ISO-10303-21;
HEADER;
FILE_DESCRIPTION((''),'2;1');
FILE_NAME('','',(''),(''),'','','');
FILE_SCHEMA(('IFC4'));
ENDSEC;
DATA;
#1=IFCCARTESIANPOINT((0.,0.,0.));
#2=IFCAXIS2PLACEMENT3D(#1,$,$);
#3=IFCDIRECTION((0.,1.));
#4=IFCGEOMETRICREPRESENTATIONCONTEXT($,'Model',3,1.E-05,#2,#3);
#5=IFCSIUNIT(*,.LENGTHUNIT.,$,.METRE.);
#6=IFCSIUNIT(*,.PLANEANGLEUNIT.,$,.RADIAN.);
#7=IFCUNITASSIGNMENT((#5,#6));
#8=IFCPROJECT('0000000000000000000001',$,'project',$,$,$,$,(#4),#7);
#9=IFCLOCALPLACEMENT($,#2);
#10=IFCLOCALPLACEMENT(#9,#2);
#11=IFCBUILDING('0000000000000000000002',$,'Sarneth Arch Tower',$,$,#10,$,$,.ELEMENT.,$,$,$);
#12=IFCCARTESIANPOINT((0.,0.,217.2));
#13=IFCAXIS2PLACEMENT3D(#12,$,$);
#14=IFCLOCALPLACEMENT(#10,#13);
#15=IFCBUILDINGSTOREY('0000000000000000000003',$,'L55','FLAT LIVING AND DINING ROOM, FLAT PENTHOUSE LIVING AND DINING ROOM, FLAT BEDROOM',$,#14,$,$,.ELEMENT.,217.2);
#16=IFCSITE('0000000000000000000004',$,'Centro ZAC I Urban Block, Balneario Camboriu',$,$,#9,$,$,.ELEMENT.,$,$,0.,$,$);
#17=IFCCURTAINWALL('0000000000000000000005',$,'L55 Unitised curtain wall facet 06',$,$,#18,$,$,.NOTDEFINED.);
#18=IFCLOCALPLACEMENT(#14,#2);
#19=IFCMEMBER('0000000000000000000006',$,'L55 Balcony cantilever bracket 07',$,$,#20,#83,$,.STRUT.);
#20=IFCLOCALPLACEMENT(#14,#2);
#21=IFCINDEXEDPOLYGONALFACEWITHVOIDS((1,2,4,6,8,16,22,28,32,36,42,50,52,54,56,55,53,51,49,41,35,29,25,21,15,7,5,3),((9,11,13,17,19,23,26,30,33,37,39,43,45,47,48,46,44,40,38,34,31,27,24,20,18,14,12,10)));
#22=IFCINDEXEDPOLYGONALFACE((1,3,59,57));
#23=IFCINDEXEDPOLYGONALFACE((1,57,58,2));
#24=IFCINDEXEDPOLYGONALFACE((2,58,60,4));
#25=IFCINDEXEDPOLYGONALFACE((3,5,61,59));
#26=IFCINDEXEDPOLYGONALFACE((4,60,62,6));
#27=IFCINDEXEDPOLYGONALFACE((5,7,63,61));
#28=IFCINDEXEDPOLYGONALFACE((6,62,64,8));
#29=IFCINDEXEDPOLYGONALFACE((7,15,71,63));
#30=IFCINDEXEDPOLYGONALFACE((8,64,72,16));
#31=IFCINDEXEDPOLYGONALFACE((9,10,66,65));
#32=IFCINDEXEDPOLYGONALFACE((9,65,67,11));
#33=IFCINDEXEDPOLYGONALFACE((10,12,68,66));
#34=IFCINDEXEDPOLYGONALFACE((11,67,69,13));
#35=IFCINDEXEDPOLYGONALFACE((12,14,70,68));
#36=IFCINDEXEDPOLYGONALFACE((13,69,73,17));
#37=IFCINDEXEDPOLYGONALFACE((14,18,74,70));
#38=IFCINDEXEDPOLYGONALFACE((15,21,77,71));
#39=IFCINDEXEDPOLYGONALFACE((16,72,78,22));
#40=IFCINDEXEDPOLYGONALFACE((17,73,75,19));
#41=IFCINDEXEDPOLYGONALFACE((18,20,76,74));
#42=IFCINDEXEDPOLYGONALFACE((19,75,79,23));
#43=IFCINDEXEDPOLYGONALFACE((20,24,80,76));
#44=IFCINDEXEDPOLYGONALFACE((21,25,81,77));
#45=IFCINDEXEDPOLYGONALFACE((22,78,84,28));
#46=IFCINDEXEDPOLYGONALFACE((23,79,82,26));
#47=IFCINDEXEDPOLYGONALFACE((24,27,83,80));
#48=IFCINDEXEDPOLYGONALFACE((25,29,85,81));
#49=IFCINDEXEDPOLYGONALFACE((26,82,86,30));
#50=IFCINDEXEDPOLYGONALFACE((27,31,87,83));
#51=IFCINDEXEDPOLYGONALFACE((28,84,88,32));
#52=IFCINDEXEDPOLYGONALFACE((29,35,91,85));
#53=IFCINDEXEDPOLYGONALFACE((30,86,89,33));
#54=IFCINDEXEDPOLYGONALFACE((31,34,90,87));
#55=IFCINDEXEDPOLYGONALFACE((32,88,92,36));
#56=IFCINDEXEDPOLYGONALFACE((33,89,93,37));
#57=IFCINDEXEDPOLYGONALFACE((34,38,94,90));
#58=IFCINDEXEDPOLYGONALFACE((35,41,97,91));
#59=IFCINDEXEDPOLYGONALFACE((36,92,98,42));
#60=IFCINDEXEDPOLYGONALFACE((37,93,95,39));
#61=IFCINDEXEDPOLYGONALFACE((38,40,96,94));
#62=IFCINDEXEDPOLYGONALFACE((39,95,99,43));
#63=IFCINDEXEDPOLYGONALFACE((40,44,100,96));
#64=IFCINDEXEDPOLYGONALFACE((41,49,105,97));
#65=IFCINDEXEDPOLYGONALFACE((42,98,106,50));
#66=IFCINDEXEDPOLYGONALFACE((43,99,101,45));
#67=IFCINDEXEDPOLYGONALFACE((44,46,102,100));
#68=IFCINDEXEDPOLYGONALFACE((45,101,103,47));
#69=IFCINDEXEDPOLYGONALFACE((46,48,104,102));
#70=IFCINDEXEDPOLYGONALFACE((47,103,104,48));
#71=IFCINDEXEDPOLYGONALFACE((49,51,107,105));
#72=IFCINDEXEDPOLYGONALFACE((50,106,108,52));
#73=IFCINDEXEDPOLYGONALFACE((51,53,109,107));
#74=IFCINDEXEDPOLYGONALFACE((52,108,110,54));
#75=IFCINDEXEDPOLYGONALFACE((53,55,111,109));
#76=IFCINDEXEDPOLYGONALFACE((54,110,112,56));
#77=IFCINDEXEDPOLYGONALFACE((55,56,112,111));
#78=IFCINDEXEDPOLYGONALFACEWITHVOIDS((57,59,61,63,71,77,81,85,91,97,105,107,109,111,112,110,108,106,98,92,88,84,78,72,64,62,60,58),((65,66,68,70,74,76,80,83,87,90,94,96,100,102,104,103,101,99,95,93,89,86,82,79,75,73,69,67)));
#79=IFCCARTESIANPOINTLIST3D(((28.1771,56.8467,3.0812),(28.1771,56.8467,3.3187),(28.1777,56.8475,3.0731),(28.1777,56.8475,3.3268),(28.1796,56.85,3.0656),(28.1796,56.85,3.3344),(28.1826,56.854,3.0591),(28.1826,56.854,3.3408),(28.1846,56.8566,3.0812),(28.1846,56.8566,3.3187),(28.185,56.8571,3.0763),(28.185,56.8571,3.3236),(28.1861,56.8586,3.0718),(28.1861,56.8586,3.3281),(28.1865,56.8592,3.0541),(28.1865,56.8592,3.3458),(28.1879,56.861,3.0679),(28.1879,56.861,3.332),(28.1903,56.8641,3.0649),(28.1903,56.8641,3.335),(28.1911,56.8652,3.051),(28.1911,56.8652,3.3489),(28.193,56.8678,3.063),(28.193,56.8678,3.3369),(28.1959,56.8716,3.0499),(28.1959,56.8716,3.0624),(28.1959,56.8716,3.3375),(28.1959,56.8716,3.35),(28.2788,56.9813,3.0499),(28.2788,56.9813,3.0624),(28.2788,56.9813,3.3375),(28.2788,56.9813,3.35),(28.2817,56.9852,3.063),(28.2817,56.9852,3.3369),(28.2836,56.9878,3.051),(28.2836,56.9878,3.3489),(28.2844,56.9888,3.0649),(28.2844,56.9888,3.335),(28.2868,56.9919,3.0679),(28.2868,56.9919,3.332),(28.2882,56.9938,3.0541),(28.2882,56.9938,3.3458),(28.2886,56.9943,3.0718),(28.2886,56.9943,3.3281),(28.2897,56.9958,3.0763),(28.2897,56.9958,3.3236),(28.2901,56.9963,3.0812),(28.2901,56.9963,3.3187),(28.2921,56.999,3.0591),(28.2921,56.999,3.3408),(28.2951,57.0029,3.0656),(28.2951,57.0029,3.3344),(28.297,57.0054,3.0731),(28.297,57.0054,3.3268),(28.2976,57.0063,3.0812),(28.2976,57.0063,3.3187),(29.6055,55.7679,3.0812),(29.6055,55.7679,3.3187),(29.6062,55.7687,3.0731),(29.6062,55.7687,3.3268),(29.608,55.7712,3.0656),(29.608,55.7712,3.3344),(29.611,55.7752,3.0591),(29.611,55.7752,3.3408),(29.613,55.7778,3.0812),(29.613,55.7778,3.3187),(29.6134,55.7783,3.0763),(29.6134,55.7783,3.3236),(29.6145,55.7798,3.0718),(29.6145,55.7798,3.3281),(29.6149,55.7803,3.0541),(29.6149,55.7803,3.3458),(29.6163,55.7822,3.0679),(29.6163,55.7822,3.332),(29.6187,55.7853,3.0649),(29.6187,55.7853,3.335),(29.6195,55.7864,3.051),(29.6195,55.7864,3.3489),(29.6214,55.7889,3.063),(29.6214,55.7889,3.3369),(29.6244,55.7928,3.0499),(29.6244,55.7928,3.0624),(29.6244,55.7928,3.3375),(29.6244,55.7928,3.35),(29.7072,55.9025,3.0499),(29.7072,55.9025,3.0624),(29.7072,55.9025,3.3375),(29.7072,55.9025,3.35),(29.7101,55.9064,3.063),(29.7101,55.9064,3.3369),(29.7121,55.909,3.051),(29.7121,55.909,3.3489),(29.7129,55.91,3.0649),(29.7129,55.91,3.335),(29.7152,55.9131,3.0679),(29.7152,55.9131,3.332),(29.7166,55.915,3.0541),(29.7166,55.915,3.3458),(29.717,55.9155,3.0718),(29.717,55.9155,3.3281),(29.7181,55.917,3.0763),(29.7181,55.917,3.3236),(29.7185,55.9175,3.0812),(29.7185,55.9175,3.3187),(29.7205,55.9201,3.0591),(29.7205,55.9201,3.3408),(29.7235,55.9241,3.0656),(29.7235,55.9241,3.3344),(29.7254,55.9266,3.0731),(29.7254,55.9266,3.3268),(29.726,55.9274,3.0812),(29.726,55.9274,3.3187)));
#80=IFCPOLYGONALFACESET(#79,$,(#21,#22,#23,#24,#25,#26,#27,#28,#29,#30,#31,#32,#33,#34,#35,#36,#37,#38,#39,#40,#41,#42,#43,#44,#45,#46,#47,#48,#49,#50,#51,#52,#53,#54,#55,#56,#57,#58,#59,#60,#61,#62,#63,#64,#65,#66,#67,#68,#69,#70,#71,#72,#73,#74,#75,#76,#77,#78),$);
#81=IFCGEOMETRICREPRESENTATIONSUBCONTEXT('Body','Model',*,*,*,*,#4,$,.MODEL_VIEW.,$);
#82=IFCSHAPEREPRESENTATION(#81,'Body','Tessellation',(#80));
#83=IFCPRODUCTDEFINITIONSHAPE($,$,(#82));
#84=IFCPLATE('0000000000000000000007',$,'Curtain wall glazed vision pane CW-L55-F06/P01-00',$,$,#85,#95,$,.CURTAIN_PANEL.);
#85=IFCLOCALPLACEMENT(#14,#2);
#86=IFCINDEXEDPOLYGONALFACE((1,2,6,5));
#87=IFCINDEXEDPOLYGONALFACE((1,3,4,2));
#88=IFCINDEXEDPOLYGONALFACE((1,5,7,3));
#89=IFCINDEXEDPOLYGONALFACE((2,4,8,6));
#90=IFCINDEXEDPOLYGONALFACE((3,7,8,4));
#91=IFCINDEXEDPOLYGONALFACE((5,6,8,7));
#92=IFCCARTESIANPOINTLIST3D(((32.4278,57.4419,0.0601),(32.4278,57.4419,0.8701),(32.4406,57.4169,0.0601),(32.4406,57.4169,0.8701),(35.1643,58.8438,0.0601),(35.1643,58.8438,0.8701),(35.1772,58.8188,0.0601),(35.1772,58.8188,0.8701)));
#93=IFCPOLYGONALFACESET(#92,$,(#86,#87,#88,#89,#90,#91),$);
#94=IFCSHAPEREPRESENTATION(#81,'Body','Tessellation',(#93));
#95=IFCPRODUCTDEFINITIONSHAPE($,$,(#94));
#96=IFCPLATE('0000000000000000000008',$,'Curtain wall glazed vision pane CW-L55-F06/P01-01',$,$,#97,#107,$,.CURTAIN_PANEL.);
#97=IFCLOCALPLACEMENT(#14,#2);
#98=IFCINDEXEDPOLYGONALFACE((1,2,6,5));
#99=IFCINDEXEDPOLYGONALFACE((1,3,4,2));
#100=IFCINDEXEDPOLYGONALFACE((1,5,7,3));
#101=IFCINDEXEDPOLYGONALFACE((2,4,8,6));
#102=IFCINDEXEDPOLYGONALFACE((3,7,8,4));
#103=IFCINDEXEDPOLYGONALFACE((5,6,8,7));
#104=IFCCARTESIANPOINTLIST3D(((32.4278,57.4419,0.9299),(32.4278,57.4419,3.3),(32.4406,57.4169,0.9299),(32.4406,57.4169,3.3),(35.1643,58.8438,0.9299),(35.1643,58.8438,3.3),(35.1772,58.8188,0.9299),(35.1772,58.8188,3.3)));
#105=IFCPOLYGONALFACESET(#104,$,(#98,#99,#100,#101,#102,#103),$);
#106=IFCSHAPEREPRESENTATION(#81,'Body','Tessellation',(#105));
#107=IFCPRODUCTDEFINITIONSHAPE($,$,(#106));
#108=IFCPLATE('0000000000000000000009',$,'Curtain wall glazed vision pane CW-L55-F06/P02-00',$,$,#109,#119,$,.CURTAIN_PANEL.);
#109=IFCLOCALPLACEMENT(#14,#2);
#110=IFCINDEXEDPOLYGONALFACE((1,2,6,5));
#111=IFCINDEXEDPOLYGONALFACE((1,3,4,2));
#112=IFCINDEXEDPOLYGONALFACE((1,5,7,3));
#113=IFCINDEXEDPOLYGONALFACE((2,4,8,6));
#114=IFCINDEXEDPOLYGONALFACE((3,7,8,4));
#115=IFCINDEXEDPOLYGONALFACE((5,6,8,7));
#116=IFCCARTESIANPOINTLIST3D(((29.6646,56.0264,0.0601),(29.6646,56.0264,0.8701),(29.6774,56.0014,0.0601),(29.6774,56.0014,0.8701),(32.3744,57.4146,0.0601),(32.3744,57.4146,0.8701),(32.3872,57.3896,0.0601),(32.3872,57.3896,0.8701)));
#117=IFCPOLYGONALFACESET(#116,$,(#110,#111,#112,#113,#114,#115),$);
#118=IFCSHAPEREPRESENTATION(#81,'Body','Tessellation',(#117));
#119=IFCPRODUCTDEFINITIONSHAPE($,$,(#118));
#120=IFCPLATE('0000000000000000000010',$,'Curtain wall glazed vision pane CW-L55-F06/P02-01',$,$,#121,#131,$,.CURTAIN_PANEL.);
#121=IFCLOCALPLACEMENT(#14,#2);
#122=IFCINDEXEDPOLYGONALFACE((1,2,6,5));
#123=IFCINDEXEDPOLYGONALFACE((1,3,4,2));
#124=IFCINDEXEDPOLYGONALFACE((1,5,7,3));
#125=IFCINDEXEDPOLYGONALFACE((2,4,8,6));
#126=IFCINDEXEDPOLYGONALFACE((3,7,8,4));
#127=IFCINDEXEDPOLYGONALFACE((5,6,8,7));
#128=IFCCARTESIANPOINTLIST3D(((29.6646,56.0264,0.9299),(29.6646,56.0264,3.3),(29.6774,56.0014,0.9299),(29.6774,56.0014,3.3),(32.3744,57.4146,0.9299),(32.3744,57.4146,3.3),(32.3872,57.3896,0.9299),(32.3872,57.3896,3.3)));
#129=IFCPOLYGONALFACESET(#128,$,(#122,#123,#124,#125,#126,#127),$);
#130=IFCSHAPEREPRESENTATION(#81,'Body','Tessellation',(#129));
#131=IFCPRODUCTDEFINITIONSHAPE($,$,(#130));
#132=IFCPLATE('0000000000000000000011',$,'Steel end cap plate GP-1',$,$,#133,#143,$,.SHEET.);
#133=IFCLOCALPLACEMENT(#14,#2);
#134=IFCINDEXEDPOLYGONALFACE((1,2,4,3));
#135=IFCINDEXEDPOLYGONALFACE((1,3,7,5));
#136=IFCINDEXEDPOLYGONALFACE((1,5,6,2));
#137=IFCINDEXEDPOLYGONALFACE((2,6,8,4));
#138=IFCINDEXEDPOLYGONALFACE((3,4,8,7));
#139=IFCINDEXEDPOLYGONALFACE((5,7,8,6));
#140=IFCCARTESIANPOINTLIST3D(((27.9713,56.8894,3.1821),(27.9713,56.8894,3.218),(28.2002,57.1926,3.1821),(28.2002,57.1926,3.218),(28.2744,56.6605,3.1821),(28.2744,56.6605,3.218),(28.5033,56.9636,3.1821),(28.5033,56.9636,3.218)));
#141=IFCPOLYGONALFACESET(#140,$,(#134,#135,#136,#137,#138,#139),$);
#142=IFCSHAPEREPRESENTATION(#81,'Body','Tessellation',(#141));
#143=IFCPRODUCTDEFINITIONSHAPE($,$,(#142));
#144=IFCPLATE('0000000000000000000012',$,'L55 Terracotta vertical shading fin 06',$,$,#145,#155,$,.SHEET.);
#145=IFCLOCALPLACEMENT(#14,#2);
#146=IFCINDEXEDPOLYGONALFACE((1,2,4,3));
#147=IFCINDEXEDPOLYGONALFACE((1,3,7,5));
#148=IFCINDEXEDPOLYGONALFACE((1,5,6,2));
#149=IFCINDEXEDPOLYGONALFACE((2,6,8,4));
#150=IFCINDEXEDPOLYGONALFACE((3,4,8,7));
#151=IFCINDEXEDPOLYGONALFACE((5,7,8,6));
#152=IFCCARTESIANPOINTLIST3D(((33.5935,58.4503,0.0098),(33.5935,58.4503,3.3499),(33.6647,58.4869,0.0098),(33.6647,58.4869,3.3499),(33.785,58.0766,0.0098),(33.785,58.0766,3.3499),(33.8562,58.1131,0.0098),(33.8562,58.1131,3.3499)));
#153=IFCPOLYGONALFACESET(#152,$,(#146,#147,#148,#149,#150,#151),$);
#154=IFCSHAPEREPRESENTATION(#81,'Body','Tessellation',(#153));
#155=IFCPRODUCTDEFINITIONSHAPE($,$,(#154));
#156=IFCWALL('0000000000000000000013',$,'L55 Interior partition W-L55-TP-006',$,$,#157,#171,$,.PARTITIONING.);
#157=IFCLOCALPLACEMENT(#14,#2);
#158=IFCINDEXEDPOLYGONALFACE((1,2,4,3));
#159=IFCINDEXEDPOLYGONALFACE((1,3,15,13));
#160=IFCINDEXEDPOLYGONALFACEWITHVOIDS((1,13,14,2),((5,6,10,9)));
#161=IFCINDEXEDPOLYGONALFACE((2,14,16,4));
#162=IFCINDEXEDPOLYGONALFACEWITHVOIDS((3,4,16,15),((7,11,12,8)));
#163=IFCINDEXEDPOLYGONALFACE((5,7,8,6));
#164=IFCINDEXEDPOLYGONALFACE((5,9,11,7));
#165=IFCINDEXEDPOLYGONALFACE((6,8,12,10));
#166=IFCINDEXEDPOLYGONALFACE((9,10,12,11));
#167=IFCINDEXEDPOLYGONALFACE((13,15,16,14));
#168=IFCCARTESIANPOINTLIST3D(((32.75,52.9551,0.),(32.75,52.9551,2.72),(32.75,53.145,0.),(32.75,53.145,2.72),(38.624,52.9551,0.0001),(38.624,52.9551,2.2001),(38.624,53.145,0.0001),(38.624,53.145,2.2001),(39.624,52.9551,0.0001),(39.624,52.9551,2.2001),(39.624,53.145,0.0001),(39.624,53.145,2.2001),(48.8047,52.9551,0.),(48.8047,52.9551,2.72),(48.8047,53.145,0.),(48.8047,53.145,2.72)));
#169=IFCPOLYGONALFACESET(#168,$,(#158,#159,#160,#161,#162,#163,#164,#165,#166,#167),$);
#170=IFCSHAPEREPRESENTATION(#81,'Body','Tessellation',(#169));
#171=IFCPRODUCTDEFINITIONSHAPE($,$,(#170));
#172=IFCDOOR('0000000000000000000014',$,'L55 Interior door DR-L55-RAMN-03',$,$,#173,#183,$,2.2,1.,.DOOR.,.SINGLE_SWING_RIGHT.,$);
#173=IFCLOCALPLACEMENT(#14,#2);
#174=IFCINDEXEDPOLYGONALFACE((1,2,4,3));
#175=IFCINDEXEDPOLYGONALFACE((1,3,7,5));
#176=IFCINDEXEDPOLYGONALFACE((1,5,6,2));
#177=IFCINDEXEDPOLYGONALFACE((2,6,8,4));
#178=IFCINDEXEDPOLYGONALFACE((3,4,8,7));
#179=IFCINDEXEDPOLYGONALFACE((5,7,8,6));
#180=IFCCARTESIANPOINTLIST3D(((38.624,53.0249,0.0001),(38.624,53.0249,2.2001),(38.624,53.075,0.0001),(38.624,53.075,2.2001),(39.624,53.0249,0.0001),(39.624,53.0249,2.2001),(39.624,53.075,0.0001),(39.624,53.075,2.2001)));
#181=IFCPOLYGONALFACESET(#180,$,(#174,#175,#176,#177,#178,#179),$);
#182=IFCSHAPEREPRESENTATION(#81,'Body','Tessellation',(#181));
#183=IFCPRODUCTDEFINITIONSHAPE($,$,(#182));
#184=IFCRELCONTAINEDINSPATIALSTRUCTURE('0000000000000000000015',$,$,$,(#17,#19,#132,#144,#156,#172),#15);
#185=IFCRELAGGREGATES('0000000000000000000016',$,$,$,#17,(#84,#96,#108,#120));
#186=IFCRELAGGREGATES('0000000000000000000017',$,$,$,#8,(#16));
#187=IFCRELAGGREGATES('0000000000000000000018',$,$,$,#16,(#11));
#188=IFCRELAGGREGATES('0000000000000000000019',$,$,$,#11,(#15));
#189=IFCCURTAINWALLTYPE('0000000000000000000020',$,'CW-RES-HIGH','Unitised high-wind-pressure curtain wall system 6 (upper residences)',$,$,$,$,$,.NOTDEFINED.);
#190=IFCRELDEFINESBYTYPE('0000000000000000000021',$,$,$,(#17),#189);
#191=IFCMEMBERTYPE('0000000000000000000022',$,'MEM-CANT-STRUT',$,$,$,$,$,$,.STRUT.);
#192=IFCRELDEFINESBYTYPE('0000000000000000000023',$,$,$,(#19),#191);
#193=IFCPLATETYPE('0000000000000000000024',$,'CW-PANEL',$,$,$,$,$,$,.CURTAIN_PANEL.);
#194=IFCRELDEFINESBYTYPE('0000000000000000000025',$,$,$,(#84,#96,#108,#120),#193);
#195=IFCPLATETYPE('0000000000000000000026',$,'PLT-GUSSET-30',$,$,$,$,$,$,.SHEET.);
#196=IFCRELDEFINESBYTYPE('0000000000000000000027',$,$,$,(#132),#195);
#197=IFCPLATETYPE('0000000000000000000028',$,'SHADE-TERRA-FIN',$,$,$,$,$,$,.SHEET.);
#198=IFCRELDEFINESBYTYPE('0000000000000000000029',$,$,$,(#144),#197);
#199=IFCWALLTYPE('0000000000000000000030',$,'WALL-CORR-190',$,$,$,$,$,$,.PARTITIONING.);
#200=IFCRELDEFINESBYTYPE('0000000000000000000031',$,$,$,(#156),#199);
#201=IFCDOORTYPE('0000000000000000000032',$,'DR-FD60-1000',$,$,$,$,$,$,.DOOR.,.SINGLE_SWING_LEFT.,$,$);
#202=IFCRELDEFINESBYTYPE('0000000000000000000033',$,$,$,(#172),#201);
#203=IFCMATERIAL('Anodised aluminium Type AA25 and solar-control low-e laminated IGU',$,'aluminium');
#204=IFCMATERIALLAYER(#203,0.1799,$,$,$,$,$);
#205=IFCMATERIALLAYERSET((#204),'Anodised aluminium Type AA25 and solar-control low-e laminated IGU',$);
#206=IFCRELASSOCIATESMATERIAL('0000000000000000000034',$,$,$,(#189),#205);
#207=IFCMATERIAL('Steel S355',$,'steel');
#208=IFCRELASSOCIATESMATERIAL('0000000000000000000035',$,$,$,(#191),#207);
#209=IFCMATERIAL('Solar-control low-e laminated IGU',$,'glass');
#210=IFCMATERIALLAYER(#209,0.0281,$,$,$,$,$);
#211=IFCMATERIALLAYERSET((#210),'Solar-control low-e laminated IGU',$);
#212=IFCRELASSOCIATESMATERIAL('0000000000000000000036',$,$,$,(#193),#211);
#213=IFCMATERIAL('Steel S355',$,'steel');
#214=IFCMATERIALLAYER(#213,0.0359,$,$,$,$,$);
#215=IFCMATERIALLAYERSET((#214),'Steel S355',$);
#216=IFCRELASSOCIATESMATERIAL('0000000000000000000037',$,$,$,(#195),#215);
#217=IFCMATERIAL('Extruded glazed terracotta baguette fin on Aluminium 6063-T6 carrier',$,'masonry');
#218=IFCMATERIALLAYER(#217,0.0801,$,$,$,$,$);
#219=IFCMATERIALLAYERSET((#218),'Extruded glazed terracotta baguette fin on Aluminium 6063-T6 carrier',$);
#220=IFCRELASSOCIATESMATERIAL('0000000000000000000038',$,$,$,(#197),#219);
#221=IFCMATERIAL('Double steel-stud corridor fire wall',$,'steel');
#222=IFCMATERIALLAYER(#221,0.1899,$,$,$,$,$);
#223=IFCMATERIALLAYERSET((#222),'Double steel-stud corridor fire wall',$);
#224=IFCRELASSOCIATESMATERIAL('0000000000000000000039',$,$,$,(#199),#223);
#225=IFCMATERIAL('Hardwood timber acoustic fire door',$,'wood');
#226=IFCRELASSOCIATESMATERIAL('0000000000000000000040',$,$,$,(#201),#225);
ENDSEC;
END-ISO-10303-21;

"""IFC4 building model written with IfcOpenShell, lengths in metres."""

from ifc_helpers import new_model, si_unit, direction, frame, frame_2d, origin, origin_2d, place, context, subcontext, project, spatial, rectangle, hollow_rectangle, extrude, material, layer, layer_set, material_profile, profile_set, type_object, element, fill, aggregate, save


model = new_model("IFC4")

# Units and contexts
model_context = context("Model", 3, precision=1e-05, world=origin(), true_north=direction((0.0, 1.0)))
body_context = subcontext(model_context, "Body", "Model", "MODEL_VIEW")
ifc_project = project(units=[si_unit("LENGTHUNIT", "METRE"), si_unit("PLANEANGLEUNIT", "RADIAN")], contexts=[model_context])

# Site, building, storey
site_placement = place(None, origin())
site = spatial("IfcSite", under=ifc_project, at=site_placement, Name="Centro ZAC I Urban Block, Balneario Camboriu", CompositionType="ELEMENT", RefElevation=0.0)
building_placement = place(site_placement, origin())
building = spatial("IfcBuilding", under=site, at=building_placement, Name="Sarneth Arch Tower", CompositionType="ELEMENT")
storey_placement = place(building_placement, frame((0.0, 0.0, 217.2)))
storey = spatial("IfcBuildingStorey", under=building, at=storey_placement, Name="L55", Description="FLAT LIVING AND DINING ROOM, FLAT PENTHOUSE LIVING AND DINING ROOM, FLAT BEDROOM", CompositionType="ELEMENT", Elevation=217.2)

# Curtain wall
ifc_material_1 = material(Name="Anodised aluminium Type AA25 and solar-control low-e laminated IGU", Category="aluminium")
ifc_layer_1 = layer(ifc_material_1, 0.1799)
ifc_layer_set_1 = layer_set([ifc_layer_1], Name="Anodised aluminium Type AA25 and solar-control low-e laminated IGU")
curtain_wall_type = type_object("IfcCurtainWallType", Name="CW-RES-HIGH", Description="Unitised high-wind-pressure curtain wall system 6 (upper residences)", PredefinedType="NOTDEFINED", material=ifc_layer_set_1)
curtain_wall_placement = place(storey_placement, origin())
curtain_wall = element("IfcCurtainWall", 1, at=curtain_wall_placement, inside=storey, type_object=curtain_wall_type, Name="L55 Unitised curtain wall facet 06", PredefinedType="NOTDEFINED")

# Member
ifc_material_2 = material(Name="Steel S355", Category="steel")
ifc_material_profile_1 = material_profile(ifc_material_2, hollow_rectangle(XDim=0.2, YDim=0.3, WallThickness=0.0125, InnerFilletRadius=0.0188, OuterFilletRadius=0.0312, at=origin_2d()), Name="RHS300x200x12.5")
ifc_profile_set_1 = profile_set([ifc_material_profile_1], Name="Steel S355")
member_type_1 = type_object("IfcMemberType", Name="MEM-CANT-STRUT", PredefinedType="STRUT", material=ifc_profile_set_1)
member_1_placement = place(storey_placement, frame((29.6658, 55.8477, 3.2), z_axis=(-0.797982, 0.602681, 0.0), x_axis=(-0.602681, -0.797982, 0.0)))
element("IfcMember", 2, at=member_1_placement, inside=storey, type_object=member_type_1, Name="L55 Balcony cantilever bracket 07", PredefinedType="STRUT", context=body_context, shape_type="SweptSolid", body=[
    extrude(hollow_rectangle(XDim=0.2, YDim=0.3, WallThickness=0.0125, InnerFilletRadius=0.0188, OuterFilletRadius=0.0312, at=origin_2d()), origin(), (0.0, 0.0, 1.0), 1.79),
])

# Plates
ifc_material_3 = material(Name="Solar-control low-e laminated IGU", Category="glass")
ifc_layer_2 = layer(ifc_material_3, 0.0281)
ifc_layer_set_2 = layer_set([ifc_layer_2], Name="Solar-control low-e laminated IGU")
plate_type_1 = type_object("IfcPlateType", Name="CW-PANEL", PredefinedType="CURTAIN_PANEL", material=ifc_layer_set_2)
plate_1_placement = place(storey_placement, frame((33.8025, 58.1304, 0.0601), z_axis=(0.0, 0.0, 1.0), x_axis=(-0.89001, -0.455942, 0.0)))
plate_1 = element("IfcPlate", 3, at=plate_1_placement, type_object=plate_type_1, Name="Curtain wall glazed vision pane CW-L55-F06/P01-00", PredefinedType="CURTAIN_PANEL", context=body_context, shape_type="SweptSolid", body=[
    extrude(rectangle(XDim=3.0747, YDim=0.0281, at=origin_2d()), origin(), (0.0, 0.0, 1.0), 0.8101),
])
plate_2_placement = place(storey_placement, frame((33.8025, 58.1304, 0.9299), z_axis=(0.0, 0.0, 1.0), x_axis=(-0.89001, -0.455942, 0.0)))
plate_2 = element("IfcPlate", 4, at=plate_2_placement, type_object=plate_type_1, Name="Curtain wall glazed vision pane CW-L55-F06/P01-01", PredefinedType="CURTAIN_PANEL", context=body_context, shape_type="SweptSolid", body=[
    extrude(rectangle(XDim=3.0747, YDim=0.0281, at=origin_2d()), origin(), (0.0, 0.0, 1.0), 2.3701),
])
plate_3_placement = place(storey_placement, frame((31.0259, 56.708, 0.0601), z_axis=(0.0, 0.0, 1.0), x_axis=(-0.89001, -0.455942, 0.0)))
plate_3 = element("IfcPlate", 5, at=plate_3_placement, type_object=plate_type_1, Name="Curtain wall glazed vision pane CW-L55-F06/P02-00", PredefinedType="CURTAIN_PANEL", context=body_context, shape_type="SweptSolid", body=[
    extrude(rectangle(XDim=3.0447, YDim=0.0281, at=origin_2d()), origin(), (0.0, 0.0, 1.0), 0.8101),
])
plate_4_placement = place(storey_placement, frame((31.0259, 56.708, 0.9299), z_axis=(0.0, 0.0, 1.0), x_axis=(-0.89001, -0.455942, 0.0)))
plate_4 = element("IfcPlate", 6, at=plate_4_placement, type_object=plate_type_1, Name="Curtain wall glazed vision pane CW-L55-F06/P02-01", PredefinedType="CURTAIN_PANEL", context=body_context, shape_type="SweptSolid", body=[
    extrude(rectangle(XDim=3.0447, YDim=0.0281, at=origin_2d()), origin(), (0.0, 0.0, 1.0), 2.3701),
])
aggregate(curtain_wall, [plate_1, plate_2, plate_3, plate_4])

# Plates
ifc_material_4 = material(Name="Steel S355", Category="steel")
ifc_layer_3 = layer(ifc_material_4, 0.0359)
ifc_layer_set_3 = layer_set([ifc_layer_3], Name="Steel S355")
plate_type_2 = type_object("IfcPlateType", Name="PLT-GUSSET-30", PredefinedType="SHEET", material=ifc_layer_set_3)
plate_5_placement = place(storey_placement, frame((28.2373, 56.9265, 3.1821), z_axis=(0.0, 0.0, 1.0), x_axis=(-0.798005, 0.602651, 0.0)))
element("IfcPlate", 7, at=plate_5_placement, inside=storey, type_object=plate_type_2, Name="Steel end cap plate GP-1", PredefinedType="SHEET", context=body_context, shape_type="SweptSolid", body=[
    extrude(rectangle(XDim=0.3799, YDim=0.3799, at=origin_2d()), origin(), (0.0, 0.0, 1.0), 0.0359),
])
ifc_material_5 = material(Name="Extruded glazed terracotta baguette fin on Aluminium 6063-T6 carrier", Category="masonry")
ifc_layer_4 = layer(ifc_material_5, 0.0801)
ifc_layer_set_4 = layer_set([ifc_layer_4], Name="Extruded glazed terracotta baguette fin on Aluminium 6063-T6 carrier")
plate_type_3 = type_object("IfcPlateType", Name="SHADE-TERRA-FIN", PredefinedType="SHEET", material=ifc_layer_set_4)
plate_6_placement = place(storey_placement, frame((33.7249, 58.2817, 0.0098), z_axis=(0.0, 0.0, 1.0), x_axis=(-0.456011, 0.889974, 0.0)))
element("IfcPlate", 8, at=plate_6_placement, inside=storey, type_object=plate_type_3, Name="L55 Terracotta vertical shading fin 06", PredefinedType="SHEET", context=body_context, shape_type="SweptSolid", body=[
    extrude(rectangle(XDim=0.4199, YDim=0.0801, at=origin_2d()), origin(), (0.0, 0.0, 1.0), 3.3401),
])

# Wall, opening, door
ifc_material_6 = material(Name="Double steel-stud corridor fire wall", Category="steel")
ifc_layer_5 = layer(ifc_material_6, 0.1899)
ifc_layer_set_5 = layer_set([ifc_layer_5], Name="Double steel-stud corridor fire wall")
wall_type_1 = type_object("IfcWallType", Name="WALL-CORR-190", PredefinedType="PARTITIONING", material=ifc_layer_set_5)
wall_1_placement = place(storey_placement, frame((32.75, 53.05, 0.0), z_axis=(0.0, 0.0, 1.0), x_axis=(1.0, 0.0, 0.0)))
wall_1 = element("IfcWall", 9, at=wall_1_placement, inside=storey, type_object=wall_type_1, Name="L55 Interior partition W-L55-TP-006", PredefinedType="PARTITIONING", context=body_context, shape_type="SweptSolid", body=[
    extrude(rectangle(XDim=16.0547, YDim=0.1899, at=frame_2d((8.0273, 0.0))), origin(), (0.0, 0.0, 1.0), 2.72),
])
opening_1_placement = place(wall_1_placement, frame((5.874, 0.0, 0.0)))
opening_1 = element("IfcOpeningElement", 10, at=opening_1_placement, cuts=wall_1, PredefinedType="OPENING", context=body_context, shape_type="SweptSolid", body=[
    extrude(rectangle(XDim=1.0, YDim=2.2, at=frame_2d((0.5, 1.1001))), frame((0.0, 0.105, 0.0), z_axis=(0.0, -1.0, 0.0), x_axis=(1.0, 0.0, 0.0)), (0.0, 0.0, 1.0), 0.21),
])
ifc_material_7 = material(Name="Hardwood timber acoustic fire door", Category="wood")
door_type_1 = type_object("IfcDoorType", Name="DR-FD60-1000", OperationType="SINGLE_SWING_LEFT", PredefinedType="DOOR", material=ifc_material_7)
door_1_placement = place(opening_1_placement, origin())
door_1 = element("IfcDoor", 11, at=door_1_placement, inside=storey, type_object=door_type_1, Name="L55 Interior door DR-L55-RAMN-03", OperationType="SINGLE_SWING_RIGHT", OverallHeight=2.2, OverallWidth=1.0, PredefinedType="DOOR", context=body_context, shape_type="SweptSolid", body=[
    extrude(rectangle(XDim=1.0, YDim=2.2, at=frame_2d((0.5, 1.1001))), frame((0.0, 0.0249, 0.0), z_axis=(0.0, -1.0, 0.0), x_axis=(1.0, 0.0, 0.0)), (0.0, 0.0, 1.0), 0.05),
])
fill(opening_1, door_1)

save(model, "model.ifc")
